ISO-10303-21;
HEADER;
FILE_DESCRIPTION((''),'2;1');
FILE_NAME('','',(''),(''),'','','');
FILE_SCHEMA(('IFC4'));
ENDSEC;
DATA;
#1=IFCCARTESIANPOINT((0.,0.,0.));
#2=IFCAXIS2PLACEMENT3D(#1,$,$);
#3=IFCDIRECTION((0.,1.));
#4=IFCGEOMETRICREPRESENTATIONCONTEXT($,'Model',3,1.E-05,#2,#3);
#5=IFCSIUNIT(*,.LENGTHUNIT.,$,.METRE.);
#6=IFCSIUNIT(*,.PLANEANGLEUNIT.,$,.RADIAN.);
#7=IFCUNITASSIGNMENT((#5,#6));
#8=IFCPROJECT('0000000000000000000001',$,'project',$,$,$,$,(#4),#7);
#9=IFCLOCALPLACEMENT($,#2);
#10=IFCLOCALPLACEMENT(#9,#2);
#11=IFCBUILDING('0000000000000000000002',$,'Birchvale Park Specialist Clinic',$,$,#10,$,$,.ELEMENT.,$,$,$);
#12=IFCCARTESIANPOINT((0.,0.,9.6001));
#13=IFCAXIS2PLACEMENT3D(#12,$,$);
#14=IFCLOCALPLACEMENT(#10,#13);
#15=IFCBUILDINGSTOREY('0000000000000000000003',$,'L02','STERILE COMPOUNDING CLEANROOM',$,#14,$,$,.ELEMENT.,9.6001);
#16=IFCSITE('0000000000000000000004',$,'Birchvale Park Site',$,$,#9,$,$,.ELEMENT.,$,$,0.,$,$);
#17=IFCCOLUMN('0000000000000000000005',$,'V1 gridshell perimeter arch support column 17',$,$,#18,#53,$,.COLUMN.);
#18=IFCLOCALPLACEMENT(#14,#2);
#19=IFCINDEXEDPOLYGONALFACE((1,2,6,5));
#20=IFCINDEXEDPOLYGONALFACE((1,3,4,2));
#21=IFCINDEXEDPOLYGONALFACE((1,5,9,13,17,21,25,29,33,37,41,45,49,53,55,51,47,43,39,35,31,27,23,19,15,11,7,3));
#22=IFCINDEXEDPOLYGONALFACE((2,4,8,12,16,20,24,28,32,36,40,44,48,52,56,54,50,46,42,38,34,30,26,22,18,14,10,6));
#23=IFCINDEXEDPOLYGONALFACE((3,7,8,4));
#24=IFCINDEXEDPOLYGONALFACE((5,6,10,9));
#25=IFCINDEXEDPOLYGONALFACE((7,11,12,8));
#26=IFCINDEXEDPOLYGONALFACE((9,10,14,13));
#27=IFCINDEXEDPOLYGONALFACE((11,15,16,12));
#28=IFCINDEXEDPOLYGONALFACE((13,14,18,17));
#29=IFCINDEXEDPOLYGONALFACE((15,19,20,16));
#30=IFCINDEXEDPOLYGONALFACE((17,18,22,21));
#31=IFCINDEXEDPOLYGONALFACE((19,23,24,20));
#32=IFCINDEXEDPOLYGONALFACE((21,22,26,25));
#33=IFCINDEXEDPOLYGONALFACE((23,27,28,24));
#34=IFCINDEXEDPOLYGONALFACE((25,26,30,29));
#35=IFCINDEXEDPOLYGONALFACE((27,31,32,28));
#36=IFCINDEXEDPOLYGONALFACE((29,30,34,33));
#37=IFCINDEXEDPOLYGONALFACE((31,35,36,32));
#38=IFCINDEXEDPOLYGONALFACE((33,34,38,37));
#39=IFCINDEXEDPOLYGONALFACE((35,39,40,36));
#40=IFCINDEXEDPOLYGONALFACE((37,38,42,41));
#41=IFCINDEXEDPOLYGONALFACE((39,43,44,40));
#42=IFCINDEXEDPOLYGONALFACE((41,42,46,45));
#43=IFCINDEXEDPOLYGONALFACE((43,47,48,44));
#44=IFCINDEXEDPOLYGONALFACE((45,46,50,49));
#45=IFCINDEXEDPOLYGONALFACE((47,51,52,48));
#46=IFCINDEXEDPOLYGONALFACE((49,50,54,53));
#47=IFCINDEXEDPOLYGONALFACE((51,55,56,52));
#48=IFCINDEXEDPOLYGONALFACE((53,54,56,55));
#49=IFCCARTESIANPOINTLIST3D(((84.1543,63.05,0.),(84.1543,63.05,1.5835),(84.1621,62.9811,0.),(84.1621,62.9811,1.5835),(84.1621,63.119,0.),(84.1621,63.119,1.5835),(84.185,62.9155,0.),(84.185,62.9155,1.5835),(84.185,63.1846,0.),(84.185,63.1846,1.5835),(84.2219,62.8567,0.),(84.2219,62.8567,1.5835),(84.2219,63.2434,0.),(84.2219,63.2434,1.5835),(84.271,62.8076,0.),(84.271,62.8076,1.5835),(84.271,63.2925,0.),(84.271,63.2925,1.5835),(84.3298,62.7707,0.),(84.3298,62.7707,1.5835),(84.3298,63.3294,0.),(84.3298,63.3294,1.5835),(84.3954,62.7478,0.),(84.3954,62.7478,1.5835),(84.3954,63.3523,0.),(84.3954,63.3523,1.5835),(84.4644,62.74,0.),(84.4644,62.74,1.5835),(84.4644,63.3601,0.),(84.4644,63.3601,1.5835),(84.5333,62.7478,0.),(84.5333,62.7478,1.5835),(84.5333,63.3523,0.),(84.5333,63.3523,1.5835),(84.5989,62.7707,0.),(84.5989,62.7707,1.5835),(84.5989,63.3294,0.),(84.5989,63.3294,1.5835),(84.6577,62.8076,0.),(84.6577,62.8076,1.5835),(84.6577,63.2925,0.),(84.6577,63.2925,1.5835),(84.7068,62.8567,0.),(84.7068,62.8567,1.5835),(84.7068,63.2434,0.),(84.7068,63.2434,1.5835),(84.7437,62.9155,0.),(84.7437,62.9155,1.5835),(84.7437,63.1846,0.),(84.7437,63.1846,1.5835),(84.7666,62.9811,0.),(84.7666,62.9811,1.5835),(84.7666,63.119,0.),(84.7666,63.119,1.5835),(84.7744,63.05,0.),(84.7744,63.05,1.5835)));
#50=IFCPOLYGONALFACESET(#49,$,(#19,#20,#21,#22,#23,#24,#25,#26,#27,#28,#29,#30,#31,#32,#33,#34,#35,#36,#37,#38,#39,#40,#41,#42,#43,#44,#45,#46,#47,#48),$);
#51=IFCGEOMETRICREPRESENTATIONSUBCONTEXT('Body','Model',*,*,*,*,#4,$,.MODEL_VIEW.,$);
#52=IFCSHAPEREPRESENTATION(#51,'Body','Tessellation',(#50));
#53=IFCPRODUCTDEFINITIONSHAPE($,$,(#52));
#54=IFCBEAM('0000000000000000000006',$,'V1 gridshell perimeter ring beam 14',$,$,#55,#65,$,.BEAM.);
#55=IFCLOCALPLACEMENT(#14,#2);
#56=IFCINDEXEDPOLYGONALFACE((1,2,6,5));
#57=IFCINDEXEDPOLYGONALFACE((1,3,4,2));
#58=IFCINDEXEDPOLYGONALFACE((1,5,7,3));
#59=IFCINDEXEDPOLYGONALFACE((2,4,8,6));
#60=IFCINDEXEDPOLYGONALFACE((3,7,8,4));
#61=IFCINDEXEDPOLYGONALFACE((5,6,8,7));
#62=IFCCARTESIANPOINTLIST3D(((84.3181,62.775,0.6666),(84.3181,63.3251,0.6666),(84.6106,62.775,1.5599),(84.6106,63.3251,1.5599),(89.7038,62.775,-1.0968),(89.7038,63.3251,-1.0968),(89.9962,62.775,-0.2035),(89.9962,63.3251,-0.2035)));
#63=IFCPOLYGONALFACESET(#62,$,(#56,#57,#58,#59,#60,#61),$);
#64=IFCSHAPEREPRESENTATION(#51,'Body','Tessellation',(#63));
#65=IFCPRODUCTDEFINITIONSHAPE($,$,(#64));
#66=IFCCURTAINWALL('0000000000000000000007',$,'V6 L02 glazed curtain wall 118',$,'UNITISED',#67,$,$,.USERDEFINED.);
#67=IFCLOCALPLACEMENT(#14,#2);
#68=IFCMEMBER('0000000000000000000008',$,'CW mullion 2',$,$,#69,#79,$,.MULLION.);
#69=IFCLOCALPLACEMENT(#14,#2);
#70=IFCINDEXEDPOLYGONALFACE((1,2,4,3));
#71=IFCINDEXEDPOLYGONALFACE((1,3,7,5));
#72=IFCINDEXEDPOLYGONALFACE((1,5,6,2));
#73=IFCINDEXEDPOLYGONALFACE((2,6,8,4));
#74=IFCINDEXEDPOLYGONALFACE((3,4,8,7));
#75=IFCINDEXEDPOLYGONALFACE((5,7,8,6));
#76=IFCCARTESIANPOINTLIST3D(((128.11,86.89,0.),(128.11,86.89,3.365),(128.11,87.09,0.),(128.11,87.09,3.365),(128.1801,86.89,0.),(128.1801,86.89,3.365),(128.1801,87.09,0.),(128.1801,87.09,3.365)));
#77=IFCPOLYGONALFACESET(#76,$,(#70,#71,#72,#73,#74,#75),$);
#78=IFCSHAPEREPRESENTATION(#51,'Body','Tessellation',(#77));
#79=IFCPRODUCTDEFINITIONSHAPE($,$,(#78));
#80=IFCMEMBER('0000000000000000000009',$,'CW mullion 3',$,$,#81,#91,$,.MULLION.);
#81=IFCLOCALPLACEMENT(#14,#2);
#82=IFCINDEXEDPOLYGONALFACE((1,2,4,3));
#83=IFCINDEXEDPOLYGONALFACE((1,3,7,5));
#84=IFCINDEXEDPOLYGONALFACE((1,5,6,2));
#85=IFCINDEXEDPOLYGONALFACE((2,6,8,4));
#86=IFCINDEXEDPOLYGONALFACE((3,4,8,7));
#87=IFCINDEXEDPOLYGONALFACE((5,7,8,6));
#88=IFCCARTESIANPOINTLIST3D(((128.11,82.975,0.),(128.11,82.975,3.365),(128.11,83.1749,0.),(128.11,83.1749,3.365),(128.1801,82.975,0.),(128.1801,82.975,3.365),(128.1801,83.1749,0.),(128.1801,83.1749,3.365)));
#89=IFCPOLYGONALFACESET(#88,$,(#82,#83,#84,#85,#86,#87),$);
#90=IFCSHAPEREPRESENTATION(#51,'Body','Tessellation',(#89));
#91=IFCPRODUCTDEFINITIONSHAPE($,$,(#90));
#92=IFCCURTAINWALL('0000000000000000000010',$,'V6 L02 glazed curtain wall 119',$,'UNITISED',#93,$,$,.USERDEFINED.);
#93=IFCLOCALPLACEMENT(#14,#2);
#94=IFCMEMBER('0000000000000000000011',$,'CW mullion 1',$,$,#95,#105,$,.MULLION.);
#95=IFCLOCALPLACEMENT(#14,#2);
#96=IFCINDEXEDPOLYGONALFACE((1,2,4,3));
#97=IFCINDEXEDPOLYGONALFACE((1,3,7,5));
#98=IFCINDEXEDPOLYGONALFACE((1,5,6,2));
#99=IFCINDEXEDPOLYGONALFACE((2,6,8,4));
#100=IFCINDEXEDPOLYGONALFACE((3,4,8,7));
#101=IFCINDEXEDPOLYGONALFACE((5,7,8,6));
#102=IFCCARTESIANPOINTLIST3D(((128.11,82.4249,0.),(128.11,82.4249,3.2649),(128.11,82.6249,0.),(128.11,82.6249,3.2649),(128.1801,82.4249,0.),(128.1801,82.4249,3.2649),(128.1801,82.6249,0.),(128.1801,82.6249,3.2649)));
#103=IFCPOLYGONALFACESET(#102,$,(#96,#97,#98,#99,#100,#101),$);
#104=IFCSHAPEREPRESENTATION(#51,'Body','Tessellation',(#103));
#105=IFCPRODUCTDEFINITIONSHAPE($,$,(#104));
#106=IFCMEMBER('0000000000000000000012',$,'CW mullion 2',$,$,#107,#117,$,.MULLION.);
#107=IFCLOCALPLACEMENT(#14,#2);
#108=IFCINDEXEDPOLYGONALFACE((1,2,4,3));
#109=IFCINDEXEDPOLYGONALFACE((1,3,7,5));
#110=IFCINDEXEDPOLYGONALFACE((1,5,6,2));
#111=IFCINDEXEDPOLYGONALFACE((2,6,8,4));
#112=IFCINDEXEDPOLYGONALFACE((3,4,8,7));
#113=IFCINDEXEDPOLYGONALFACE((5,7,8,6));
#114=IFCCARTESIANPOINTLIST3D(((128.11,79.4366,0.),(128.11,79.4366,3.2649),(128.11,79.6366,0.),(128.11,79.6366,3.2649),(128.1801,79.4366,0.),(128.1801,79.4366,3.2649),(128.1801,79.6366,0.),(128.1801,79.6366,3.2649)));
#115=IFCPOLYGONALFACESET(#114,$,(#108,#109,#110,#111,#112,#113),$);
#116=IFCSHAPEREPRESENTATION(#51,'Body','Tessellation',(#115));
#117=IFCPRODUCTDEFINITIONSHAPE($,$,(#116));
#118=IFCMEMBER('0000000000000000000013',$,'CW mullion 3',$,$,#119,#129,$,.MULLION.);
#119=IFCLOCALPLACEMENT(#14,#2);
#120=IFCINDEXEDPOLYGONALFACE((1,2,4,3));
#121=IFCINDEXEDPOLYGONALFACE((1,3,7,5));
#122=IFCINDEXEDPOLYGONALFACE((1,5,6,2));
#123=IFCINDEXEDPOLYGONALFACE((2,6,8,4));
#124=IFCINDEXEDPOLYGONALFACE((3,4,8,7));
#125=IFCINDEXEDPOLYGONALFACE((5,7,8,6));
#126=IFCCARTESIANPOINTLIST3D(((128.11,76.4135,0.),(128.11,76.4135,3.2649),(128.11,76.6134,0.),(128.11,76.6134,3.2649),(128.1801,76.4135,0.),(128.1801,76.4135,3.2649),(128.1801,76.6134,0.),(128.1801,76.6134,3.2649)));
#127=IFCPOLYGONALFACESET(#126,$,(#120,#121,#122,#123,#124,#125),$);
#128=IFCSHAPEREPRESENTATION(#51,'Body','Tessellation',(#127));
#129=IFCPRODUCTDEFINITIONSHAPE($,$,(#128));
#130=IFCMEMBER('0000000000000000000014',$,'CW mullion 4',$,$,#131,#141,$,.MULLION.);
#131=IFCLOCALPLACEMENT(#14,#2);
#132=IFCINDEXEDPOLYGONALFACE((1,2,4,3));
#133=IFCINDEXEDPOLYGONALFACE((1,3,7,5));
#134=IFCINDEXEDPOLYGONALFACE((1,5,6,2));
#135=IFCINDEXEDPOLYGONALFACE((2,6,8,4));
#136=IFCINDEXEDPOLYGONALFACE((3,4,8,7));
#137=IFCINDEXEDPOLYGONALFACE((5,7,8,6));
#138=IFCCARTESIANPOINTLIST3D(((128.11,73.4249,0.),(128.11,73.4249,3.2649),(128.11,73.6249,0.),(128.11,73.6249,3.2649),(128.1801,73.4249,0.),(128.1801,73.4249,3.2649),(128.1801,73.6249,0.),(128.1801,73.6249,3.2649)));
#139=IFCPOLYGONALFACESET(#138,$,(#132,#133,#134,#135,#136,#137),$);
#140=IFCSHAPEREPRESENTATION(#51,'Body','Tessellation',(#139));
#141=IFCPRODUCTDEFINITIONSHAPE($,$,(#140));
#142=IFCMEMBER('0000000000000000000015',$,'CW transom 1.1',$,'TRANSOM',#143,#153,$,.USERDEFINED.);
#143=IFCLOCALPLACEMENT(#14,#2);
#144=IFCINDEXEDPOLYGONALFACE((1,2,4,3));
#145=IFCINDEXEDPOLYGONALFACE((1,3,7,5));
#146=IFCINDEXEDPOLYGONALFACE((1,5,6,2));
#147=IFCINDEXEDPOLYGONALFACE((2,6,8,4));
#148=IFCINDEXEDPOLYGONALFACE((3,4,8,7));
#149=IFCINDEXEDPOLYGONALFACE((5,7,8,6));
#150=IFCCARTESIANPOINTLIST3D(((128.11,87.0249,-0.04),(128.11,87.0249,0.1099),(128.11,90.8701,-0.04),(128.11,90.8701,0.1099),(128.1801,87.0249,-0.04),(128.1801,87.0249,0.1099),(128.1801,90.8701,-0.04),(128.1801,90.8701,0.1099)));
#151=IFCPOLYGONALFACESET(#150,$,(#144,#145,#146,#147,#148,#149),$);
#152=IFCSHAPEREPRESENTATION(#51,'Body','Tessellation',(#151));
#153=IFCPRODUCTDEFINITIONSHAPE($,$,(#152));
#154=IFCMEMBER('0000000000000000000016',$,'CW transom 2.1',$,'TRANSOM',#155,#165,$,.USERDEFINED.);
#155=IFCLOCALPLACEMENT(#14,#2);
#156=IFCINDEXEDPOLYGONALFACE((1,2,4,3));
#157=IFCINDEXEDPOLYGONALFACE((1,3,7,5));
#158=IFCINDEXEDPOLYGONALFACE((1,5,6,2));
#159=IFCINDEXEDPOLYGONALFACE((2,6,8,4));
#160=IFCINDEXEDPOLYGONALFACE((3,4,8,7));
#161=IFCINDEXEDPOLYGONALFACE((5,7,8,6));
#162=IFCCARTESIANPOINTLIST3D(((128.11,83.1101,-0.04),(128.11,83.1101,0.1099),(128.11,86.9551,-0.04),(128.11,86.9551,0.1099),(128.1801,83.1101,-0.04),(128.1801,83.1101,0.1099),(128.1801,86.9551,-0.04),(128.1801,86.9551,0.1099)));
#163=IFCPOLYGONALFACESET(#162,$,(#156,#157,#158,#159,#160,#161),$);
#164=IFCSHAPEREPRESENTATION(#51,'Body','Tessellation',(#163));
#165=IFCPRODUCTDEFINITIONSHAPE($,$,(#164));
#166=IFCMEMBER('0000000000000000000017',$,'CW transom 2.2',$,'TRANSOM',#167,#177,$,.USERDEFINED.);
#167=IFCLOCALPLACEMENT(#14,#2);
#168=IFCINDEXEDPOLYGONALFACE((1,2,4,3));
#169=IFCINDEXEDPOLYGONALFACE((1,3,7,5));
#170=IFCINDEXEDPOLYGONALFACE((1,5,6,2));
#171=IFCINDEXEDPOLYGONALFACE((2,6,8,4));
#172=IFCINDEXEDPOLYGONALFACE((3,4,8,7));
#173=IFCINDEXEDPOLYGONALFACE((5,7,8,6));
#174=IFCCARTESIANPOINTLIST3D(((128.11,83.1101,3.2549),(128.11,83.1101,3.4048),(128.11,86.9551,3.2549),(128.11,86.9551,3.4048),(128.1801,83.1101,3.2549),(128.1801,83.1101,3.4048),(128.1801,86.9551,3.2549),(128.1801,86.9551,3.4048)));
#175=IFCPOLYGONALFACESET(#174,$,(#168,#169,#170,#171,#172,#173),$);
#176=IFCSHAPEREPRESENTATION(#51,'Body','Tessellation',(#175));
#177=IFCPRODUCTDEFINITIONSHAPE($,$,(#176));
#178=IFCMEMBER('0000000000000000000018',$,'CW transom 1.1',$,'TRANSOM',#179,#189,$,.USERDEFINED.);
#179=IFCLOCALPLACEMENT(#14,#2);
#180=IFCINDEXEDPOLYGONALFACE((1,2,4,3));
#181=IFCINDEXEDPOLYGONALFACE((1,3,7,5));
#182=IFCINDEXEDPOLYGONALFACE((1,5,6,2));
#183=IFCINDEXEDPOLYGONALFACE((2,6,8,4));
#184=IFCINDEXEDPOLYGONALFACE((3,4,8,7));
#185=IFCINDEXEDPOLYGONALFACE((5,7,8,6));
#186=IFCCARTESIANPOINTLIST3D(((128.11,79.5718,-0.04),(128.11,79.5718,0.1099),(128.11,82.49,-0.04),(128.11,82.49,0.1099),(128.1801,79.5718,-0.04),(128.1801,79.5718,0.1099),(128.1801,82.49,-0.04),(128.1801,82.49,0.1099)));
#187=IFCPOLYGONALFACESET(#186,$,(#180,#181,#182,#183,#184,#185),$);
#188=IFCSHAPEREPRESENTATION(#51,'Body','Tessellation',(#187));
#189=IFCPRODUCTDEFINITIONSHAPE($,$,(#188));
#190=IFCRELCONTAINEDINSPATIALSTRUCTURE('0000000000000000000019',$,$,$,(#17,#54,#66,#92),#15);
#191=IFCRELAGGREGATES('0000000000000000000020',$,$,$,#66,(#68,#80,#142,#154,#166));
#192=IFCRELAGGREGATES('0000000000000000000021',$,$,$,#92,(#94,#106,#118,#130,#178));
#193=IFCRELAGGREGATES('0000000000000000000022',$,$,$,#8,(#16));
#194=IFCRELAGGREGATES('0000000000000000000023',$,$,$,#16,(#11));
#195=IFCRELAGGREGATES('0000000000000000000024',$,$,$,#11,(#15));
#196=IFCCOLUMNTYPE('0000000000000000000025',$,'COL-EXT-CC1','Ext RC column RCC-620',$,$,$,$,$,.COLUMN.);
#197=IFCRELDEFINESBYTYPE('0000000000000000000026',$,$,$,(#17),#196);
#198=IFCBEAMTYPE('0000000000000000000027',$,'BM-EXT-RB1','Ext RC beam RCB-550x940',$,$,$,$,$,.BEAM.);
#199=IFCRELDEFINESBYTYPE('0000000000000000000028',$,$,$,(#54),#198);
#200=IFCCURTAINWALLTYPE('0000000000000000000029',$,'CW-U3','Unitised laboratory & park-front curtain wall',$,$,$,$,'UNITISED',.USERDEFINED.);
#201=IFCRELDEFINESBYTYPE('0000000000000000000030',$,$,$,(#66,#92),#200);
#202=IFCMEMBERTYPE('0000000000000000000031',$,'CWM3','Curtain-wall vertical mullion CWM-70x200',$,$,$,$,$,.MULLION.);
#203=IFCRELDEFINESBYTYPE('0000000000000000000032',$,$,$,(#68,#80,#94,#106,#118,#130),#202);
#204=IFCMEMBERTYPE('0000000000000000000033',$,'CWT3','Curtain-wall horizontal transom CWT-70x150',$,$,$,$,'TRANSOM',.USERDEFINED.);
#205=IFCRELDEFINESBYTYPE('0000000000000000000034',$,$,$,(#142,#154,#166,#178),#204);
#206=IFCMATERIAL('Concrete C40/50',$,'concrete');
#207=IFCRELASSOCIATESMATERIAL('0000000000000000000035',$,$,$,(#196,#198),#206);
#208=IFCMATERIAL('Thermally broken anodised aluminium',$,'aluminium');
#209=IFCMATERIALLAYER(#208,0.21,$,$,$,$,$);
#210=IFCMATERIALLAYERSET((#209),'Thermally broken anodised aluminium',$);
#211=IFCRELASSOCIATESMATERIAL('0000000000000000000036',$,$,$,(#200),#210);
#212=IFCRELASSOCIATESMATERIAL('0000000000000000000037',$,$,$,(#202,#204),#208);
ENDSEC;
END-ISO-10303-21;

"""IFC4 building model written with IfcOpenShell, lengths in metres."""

from ifc_helpers import new_model, si_unit, direction, frame, origin, origin_2d, place, context, subcontext, project, spatial, rectangle, circle, extrude, material, layer, layer_set, material_profile, profile_set, type_object, element, aggregate, save


model = new_model("IFC4")

# Units and contexts
model_context = context("Model", 3, precision=1e-05, world=origin(), true_north=direction((0.0, 1.0)))
body_context = subcontext(model_context, "Body", "Model", "MODEL_VIEW")
ifc_project = project(units=[si_unit("LENGTHUNIT", "METRE"), si_unit("PLANEANGLEUNIT", "RADIAN")], contexts=[model_context])

# Site, building, storey
site_placement = place(None, origin())
site = spatial("IfcSite", under=ifc_project, at=site_placement, Name="Birchvale Park Site", CompositionType="ELEMENT", RefElevation=0.0)
building_placement = place(site_placement, origin())
building = spatial("IfcBuilding", under=site, at=building_placement, Name="Birchvale Park Specialist Clinic", CompositionType="ELEMENT")
storey_placement = place(building_placement, frame((0.0, 0.0, 9.6001)))
storey = spatial("IfcBuildingStorey", under=building, at=storey_placement, Name="L02", Description="STERILE COMPOUNDING CLEANROOM", CompositionType="ELEMENT", Elevation=9.6001)

# Column
ifc_material_1 = material(Name="Concrete C40/50", Category="concrete")
ifc_material_profile_1 = material_profile(ifc_material_1, circle(Radius=0.3101, at=origin_2d()), Name="RCC-620")
ifc_profile_set_1 = profile_set([ifc_material_profile_1], Name="Concrete C40/50")
column_type = type_object("IfcColumnType", Name="COL-EXT-CC1", Description="Ext RC column RCC-620", PredefinedType="COLUMN", material=ifc_profile_set_1)
column_placement = place(storey_placement, frame((84.4644, 63.05, 0.0), z_axis=(0.0, 0.0, 1.0), x_axis=(1.0, 0.0, 0.0)))
element("IfcColumn", 1, at=column_placement, inside=storey, type_object=column_type, Name="V1 gridshell perimeter arch support column 17", PredefinedType="COLUMN", context=body_context, shape_type="SweptSolid", body=[
    extrude(circle(Radius=0.3101, at=origin_2d()), origin(), (0.0, 0.0, 1.0), 1.5835),
])

# Beam
ifc_material_profile_2 = material_profile(ifc_material_1, rectangle(XDim=0.55, YDim=0.9399, at=origin_2d()), Name="RCB-550x940")
ifc_profile_set_2 = profile_set([ifc_material_profile_2], Name="Concrete C40/50")
beam_type = type_object("IfcBeamType", Name="BM-EXT-RB1", Description="Ext RC beam RCB-550x940", PredefinedType="BEAM", material=ifc_profile_set_2)
beam_placement = place(storey_placement, frame((84.4644, 63.05, 1.1133), z_axis=(0.950354, 0.0, -0.31117), x_axis=(0.0, 1.0, 0.0)))
element("IfcBeam", 2, at=beam_placement, inside=storey, type_object=beam_type, Name="V1 gridshell perimeter ring beam 14", PredefinedType="BEAM", context=body_context, shape_type="SweptSolid", body=[
    extrude(rectangle(XDim=0.55, YDim=0.9399, at=origin_2d()), origin(), (0.0, 0.0, 1.0), 5.667),
])

# Curtain walls, members
ifc_material_2 = material(Name="Thermally broken anodised aluminium", Category="aluminium")
ifc_layer_1 = layer(ifc_material_2, 0.21)
ifc_layer_set_1 = layer_set([ifc_layer_1], Name="Thermally broken anodised aluminium")
curtain_wall_type = type_object("IfcCurtainWallType", Name="CW-U3", Description="Unitised laboratory & park-front curtain wall", ElementType="UNITISED", PredefinedType="USERDEFINED", material=ifc_layer_set_1)
curtain_wall_1_placement = place(storey_placement, origin())
curtain_wall_1 = element("IfcCurtainWall", 3, at=curtain_wall_1_placement, inside=storey, type_object=curtain_wall_type, Name="V6 L02 glazed curtain wall 118", ObjectType="UNITISED", PredefinedType="USERDEFINED")
ifc_material_profile_3 = material_profile(ifc_material_2, rectangle(XDim=0.0701, YDim=0.2, at=origin_2d()), Name="CWM-70x200")
ifc_profile_set_3 = profile_set([ifc_material_profile_3], Name="Thermally broken anodised aluminium")
member_type_1 = type_object("IfcMemberType", Name="CWM3", Description="Curtain-wall vertical mullion CWM-70x200", PredefinedType="MULLION", material=ifc_profile_set_3)
member_1_placement = place(storey_placement, frame((128.145, 86.99, 0.0), z_axis=(0.0, 0.0, 1.0), x_axis=(1.0, 0.0, 0.0)))
member_1 = element("IfcMember", 4, at=member_1_placement, type_object=member_type_1, Name="CW mullion 2", PredefinedType="MULLION", context=body_context, shape_type="SweptSolid", body=[
    extrude(rectangle(XDim=0.0701, YDim=0.2, at=origin_2d()), origin(), (0.0, 0.0, 1.0), 3.365),
])
member_2_placement = place(storey_placement, frame((128.145, 83.075, 0.0), z_axis=(0.0, 0.0, 1.0), x_axis=(1.0, 0.0, 0.0)))
member_2 = element("IfcMember", 5, at=member_2_placement, type_object=member_type_1, Name="CW mullion 3", PredefinedType="MULLION", context=body_context, shape_type="SweptSolid", body=[
    extrude(rectangle(XDim=0.0701, YDim=0.2, at=origin_2d()), origin(), (0.0, 0.0, 1.0), 3.365),
])
curtain_wall_2_placement = place(storey_placement, origin())
curtain_wall_2 = element("IfcCurtainWall", 6, at=curtain_wall_2_placement, inside=storey, type_object=curtain_wall_type, Name="V6 L02 glazed curtain wall 119", ObjectType="UNITISED", PredefinedType="USERDEFINED")
member_3_placement = place(storey_placement, frame((128.145, 82.5249, 0.0), z_axis=(0.0, 0.0, 1.0), x_axis=(1.0, 0.0, 0.0)))
member_3 = element("IfcMember", 7, at=member_3_placement, type_object=member_type_1, Name="CW mullion 1", PredefinedType="MULLION", context=body_context, shape_type="SweptSolid", body=[
    extrude(rectangle(XDim=0.0701, YDim=0.2, at=origin_2d()), origin(), (0.0, 0.0, 1.0), 3.2649),
])
member_4_placement = place(storey_placement, frame((128.145, 79.5366, 0.0), z_axis=(0.0, 0.0, 1.0), x_axis=(1.0, 0.0, 0.0)))
member_4 = element("IfcMember", 8, at=member_4_placement, type_object=member_type_1, Name="CW mullion 2", PredefinedType="MULLION", context=body_context, shape_type="SweptSolid", body=[
    extrude(rectangle(XDim=0.0701, YDim=0.2, at=origin_2d()), origin(), (0.0, 0.0, 1.0), 3.2649),
])
member_5_placement = place(storey_placement, frame((128.145, 76.5134, 0.0), z_axis=(0.0, 0.0, 1.0), x_axis=(1.0, 0.0, 0.0)))
member_5 = element("IfcMember", 9, at=member_5_placement, type_object=member_type_1, Name="CW mullion 3", PredefinedType="MULLION", context=body_context, shape_type="SweptSolid", body=[
    extrude(rectangle(XDim=0.0701, YDim=0.2, at=origin_2d()), origin(), (0.0, 0.0, 1.0), 3.2649),
])
member_6_placement = place(storey_placement, frame((128.145, 73.5249, 0.0), z_axis=(0.0, 0.0, 1.0), x_axis=(1.0, 0.0, 0.0)))
member_6 = element("IfcMember", 10, at=member_6_placement, type_object=member_type_1, Name="CW mullion 4", PredefinedType="MULLION", context=body_context, shape_type="SweptSolid", body=[
    extrude(rectangle(XDim=0.0701, YDim=0.2, at=origin_2d()), origin(), (0.0, 0.0, 1.0), 3.2649),
])

# Members
ifc_material_profile_4 = material_profile(ifc_material_2, rectangle(XDim=0.0701, YDim=0.1499, at=origin_2d()), Name="CWT-70x150")
ifc_profile_set_4 = profile_set([ifc_material_profile_4], Name="Thermally broken anodised aluminium")
member_type_2 = type_object("IfcMemberType", Name="CWT3", Description="Curtain-wall horizontal transom CWT-70x150", ElementType="TRANSOM", PredefinedType="USERDEFINED", material=ifc_profile_set_4)
member_7_placement = place(storey_placement, frame((128.145, 90.8701, 0.0349), z_axis=(0.0, -1.0, 0.0), x_axis=(1.0, 0.0, 0.0)))
member_7 = element("IfcMember", 11, at=member_7_placement, type_object=member_type_2, Name="CW transom 1.1", ObjectType="TRANSOM", PredefinedType="USERDEFINED", context=body_context, shape_type="SweptSolid", body=[
    extrude(rectangle(XDim=0.0701, YDim=0.1499, at=origin_2d()), origin(), (0.0, 0.0, 1.0), 3.8452),
])
member_8_placement = place(storey_placement, frame((128.145, 86.9551, 0.0349), z_axis=(0.0, -1.0, 0.0), x_axis=(1.0, 0.0, 0.0)))
member_8 = element("IfcMember", 12, at=member_8_placement, type_object=member_type_2, Name="CW transom 2.1", ObjectType="TRANSOM", PredefinedType="USERDEFINED", context=body_context, shape_type="SweptSolid", body=[
    extrude(rectangle(XDim=0.0701, YDim=0.1499, at=origin_2d()), origin(), (0.0, 0.0, 1.0), 3.845),
])
member_9_placement = place(storey_placement, frame((128.145, 86.9551, 3.3298), z_axis=(0.0, -1.0, 0.0), x_axis=(1.0, 0.0, 0.0)))
member_9 = element("IfcMember", 13, at=member_9_placement, type_object=member_type_2, Name="CW transom 2.2", ObjectType="TRANSOM", PredefinedType="USERDEFINED", context=body_context, shape_type="SweptSolid", body=[
    extrude(rectangle(XDim=0.0701, YDim=0.1499, at=origin_2d()), origin(), (0.0, 0.0, 1.0), 3.845),
])
member_10_placement = place(storey_placement, frame((128.145, 82.49, 0.0349), z_axis=(0.0, -1.0, 0.0), x_axis=(1.0, 0.0, 0.0)))
member_10 = element("IfcMember", 14, at=member_10_placement, type_object=member_type_2, Name="CW transom 1.1", ObjectType="TRANSOM", PredefinedType="USERDEFINED", context=body_context, shape_type="SweptSolid", body=[
    extrude(rectangle(XDim=0.0701, YDim=0.1499, at=origin_2d()), origin(), (0.0, 0.0, 1.0), 2.9182),
])

aggregate(curtain_wall_1, [member_1, member_2, member_7, member_8, member_9])
aggregate(curtain_wall_2, [member_3, member_4, member_5, member_6, member_10])

save(model, "model.ifc")
